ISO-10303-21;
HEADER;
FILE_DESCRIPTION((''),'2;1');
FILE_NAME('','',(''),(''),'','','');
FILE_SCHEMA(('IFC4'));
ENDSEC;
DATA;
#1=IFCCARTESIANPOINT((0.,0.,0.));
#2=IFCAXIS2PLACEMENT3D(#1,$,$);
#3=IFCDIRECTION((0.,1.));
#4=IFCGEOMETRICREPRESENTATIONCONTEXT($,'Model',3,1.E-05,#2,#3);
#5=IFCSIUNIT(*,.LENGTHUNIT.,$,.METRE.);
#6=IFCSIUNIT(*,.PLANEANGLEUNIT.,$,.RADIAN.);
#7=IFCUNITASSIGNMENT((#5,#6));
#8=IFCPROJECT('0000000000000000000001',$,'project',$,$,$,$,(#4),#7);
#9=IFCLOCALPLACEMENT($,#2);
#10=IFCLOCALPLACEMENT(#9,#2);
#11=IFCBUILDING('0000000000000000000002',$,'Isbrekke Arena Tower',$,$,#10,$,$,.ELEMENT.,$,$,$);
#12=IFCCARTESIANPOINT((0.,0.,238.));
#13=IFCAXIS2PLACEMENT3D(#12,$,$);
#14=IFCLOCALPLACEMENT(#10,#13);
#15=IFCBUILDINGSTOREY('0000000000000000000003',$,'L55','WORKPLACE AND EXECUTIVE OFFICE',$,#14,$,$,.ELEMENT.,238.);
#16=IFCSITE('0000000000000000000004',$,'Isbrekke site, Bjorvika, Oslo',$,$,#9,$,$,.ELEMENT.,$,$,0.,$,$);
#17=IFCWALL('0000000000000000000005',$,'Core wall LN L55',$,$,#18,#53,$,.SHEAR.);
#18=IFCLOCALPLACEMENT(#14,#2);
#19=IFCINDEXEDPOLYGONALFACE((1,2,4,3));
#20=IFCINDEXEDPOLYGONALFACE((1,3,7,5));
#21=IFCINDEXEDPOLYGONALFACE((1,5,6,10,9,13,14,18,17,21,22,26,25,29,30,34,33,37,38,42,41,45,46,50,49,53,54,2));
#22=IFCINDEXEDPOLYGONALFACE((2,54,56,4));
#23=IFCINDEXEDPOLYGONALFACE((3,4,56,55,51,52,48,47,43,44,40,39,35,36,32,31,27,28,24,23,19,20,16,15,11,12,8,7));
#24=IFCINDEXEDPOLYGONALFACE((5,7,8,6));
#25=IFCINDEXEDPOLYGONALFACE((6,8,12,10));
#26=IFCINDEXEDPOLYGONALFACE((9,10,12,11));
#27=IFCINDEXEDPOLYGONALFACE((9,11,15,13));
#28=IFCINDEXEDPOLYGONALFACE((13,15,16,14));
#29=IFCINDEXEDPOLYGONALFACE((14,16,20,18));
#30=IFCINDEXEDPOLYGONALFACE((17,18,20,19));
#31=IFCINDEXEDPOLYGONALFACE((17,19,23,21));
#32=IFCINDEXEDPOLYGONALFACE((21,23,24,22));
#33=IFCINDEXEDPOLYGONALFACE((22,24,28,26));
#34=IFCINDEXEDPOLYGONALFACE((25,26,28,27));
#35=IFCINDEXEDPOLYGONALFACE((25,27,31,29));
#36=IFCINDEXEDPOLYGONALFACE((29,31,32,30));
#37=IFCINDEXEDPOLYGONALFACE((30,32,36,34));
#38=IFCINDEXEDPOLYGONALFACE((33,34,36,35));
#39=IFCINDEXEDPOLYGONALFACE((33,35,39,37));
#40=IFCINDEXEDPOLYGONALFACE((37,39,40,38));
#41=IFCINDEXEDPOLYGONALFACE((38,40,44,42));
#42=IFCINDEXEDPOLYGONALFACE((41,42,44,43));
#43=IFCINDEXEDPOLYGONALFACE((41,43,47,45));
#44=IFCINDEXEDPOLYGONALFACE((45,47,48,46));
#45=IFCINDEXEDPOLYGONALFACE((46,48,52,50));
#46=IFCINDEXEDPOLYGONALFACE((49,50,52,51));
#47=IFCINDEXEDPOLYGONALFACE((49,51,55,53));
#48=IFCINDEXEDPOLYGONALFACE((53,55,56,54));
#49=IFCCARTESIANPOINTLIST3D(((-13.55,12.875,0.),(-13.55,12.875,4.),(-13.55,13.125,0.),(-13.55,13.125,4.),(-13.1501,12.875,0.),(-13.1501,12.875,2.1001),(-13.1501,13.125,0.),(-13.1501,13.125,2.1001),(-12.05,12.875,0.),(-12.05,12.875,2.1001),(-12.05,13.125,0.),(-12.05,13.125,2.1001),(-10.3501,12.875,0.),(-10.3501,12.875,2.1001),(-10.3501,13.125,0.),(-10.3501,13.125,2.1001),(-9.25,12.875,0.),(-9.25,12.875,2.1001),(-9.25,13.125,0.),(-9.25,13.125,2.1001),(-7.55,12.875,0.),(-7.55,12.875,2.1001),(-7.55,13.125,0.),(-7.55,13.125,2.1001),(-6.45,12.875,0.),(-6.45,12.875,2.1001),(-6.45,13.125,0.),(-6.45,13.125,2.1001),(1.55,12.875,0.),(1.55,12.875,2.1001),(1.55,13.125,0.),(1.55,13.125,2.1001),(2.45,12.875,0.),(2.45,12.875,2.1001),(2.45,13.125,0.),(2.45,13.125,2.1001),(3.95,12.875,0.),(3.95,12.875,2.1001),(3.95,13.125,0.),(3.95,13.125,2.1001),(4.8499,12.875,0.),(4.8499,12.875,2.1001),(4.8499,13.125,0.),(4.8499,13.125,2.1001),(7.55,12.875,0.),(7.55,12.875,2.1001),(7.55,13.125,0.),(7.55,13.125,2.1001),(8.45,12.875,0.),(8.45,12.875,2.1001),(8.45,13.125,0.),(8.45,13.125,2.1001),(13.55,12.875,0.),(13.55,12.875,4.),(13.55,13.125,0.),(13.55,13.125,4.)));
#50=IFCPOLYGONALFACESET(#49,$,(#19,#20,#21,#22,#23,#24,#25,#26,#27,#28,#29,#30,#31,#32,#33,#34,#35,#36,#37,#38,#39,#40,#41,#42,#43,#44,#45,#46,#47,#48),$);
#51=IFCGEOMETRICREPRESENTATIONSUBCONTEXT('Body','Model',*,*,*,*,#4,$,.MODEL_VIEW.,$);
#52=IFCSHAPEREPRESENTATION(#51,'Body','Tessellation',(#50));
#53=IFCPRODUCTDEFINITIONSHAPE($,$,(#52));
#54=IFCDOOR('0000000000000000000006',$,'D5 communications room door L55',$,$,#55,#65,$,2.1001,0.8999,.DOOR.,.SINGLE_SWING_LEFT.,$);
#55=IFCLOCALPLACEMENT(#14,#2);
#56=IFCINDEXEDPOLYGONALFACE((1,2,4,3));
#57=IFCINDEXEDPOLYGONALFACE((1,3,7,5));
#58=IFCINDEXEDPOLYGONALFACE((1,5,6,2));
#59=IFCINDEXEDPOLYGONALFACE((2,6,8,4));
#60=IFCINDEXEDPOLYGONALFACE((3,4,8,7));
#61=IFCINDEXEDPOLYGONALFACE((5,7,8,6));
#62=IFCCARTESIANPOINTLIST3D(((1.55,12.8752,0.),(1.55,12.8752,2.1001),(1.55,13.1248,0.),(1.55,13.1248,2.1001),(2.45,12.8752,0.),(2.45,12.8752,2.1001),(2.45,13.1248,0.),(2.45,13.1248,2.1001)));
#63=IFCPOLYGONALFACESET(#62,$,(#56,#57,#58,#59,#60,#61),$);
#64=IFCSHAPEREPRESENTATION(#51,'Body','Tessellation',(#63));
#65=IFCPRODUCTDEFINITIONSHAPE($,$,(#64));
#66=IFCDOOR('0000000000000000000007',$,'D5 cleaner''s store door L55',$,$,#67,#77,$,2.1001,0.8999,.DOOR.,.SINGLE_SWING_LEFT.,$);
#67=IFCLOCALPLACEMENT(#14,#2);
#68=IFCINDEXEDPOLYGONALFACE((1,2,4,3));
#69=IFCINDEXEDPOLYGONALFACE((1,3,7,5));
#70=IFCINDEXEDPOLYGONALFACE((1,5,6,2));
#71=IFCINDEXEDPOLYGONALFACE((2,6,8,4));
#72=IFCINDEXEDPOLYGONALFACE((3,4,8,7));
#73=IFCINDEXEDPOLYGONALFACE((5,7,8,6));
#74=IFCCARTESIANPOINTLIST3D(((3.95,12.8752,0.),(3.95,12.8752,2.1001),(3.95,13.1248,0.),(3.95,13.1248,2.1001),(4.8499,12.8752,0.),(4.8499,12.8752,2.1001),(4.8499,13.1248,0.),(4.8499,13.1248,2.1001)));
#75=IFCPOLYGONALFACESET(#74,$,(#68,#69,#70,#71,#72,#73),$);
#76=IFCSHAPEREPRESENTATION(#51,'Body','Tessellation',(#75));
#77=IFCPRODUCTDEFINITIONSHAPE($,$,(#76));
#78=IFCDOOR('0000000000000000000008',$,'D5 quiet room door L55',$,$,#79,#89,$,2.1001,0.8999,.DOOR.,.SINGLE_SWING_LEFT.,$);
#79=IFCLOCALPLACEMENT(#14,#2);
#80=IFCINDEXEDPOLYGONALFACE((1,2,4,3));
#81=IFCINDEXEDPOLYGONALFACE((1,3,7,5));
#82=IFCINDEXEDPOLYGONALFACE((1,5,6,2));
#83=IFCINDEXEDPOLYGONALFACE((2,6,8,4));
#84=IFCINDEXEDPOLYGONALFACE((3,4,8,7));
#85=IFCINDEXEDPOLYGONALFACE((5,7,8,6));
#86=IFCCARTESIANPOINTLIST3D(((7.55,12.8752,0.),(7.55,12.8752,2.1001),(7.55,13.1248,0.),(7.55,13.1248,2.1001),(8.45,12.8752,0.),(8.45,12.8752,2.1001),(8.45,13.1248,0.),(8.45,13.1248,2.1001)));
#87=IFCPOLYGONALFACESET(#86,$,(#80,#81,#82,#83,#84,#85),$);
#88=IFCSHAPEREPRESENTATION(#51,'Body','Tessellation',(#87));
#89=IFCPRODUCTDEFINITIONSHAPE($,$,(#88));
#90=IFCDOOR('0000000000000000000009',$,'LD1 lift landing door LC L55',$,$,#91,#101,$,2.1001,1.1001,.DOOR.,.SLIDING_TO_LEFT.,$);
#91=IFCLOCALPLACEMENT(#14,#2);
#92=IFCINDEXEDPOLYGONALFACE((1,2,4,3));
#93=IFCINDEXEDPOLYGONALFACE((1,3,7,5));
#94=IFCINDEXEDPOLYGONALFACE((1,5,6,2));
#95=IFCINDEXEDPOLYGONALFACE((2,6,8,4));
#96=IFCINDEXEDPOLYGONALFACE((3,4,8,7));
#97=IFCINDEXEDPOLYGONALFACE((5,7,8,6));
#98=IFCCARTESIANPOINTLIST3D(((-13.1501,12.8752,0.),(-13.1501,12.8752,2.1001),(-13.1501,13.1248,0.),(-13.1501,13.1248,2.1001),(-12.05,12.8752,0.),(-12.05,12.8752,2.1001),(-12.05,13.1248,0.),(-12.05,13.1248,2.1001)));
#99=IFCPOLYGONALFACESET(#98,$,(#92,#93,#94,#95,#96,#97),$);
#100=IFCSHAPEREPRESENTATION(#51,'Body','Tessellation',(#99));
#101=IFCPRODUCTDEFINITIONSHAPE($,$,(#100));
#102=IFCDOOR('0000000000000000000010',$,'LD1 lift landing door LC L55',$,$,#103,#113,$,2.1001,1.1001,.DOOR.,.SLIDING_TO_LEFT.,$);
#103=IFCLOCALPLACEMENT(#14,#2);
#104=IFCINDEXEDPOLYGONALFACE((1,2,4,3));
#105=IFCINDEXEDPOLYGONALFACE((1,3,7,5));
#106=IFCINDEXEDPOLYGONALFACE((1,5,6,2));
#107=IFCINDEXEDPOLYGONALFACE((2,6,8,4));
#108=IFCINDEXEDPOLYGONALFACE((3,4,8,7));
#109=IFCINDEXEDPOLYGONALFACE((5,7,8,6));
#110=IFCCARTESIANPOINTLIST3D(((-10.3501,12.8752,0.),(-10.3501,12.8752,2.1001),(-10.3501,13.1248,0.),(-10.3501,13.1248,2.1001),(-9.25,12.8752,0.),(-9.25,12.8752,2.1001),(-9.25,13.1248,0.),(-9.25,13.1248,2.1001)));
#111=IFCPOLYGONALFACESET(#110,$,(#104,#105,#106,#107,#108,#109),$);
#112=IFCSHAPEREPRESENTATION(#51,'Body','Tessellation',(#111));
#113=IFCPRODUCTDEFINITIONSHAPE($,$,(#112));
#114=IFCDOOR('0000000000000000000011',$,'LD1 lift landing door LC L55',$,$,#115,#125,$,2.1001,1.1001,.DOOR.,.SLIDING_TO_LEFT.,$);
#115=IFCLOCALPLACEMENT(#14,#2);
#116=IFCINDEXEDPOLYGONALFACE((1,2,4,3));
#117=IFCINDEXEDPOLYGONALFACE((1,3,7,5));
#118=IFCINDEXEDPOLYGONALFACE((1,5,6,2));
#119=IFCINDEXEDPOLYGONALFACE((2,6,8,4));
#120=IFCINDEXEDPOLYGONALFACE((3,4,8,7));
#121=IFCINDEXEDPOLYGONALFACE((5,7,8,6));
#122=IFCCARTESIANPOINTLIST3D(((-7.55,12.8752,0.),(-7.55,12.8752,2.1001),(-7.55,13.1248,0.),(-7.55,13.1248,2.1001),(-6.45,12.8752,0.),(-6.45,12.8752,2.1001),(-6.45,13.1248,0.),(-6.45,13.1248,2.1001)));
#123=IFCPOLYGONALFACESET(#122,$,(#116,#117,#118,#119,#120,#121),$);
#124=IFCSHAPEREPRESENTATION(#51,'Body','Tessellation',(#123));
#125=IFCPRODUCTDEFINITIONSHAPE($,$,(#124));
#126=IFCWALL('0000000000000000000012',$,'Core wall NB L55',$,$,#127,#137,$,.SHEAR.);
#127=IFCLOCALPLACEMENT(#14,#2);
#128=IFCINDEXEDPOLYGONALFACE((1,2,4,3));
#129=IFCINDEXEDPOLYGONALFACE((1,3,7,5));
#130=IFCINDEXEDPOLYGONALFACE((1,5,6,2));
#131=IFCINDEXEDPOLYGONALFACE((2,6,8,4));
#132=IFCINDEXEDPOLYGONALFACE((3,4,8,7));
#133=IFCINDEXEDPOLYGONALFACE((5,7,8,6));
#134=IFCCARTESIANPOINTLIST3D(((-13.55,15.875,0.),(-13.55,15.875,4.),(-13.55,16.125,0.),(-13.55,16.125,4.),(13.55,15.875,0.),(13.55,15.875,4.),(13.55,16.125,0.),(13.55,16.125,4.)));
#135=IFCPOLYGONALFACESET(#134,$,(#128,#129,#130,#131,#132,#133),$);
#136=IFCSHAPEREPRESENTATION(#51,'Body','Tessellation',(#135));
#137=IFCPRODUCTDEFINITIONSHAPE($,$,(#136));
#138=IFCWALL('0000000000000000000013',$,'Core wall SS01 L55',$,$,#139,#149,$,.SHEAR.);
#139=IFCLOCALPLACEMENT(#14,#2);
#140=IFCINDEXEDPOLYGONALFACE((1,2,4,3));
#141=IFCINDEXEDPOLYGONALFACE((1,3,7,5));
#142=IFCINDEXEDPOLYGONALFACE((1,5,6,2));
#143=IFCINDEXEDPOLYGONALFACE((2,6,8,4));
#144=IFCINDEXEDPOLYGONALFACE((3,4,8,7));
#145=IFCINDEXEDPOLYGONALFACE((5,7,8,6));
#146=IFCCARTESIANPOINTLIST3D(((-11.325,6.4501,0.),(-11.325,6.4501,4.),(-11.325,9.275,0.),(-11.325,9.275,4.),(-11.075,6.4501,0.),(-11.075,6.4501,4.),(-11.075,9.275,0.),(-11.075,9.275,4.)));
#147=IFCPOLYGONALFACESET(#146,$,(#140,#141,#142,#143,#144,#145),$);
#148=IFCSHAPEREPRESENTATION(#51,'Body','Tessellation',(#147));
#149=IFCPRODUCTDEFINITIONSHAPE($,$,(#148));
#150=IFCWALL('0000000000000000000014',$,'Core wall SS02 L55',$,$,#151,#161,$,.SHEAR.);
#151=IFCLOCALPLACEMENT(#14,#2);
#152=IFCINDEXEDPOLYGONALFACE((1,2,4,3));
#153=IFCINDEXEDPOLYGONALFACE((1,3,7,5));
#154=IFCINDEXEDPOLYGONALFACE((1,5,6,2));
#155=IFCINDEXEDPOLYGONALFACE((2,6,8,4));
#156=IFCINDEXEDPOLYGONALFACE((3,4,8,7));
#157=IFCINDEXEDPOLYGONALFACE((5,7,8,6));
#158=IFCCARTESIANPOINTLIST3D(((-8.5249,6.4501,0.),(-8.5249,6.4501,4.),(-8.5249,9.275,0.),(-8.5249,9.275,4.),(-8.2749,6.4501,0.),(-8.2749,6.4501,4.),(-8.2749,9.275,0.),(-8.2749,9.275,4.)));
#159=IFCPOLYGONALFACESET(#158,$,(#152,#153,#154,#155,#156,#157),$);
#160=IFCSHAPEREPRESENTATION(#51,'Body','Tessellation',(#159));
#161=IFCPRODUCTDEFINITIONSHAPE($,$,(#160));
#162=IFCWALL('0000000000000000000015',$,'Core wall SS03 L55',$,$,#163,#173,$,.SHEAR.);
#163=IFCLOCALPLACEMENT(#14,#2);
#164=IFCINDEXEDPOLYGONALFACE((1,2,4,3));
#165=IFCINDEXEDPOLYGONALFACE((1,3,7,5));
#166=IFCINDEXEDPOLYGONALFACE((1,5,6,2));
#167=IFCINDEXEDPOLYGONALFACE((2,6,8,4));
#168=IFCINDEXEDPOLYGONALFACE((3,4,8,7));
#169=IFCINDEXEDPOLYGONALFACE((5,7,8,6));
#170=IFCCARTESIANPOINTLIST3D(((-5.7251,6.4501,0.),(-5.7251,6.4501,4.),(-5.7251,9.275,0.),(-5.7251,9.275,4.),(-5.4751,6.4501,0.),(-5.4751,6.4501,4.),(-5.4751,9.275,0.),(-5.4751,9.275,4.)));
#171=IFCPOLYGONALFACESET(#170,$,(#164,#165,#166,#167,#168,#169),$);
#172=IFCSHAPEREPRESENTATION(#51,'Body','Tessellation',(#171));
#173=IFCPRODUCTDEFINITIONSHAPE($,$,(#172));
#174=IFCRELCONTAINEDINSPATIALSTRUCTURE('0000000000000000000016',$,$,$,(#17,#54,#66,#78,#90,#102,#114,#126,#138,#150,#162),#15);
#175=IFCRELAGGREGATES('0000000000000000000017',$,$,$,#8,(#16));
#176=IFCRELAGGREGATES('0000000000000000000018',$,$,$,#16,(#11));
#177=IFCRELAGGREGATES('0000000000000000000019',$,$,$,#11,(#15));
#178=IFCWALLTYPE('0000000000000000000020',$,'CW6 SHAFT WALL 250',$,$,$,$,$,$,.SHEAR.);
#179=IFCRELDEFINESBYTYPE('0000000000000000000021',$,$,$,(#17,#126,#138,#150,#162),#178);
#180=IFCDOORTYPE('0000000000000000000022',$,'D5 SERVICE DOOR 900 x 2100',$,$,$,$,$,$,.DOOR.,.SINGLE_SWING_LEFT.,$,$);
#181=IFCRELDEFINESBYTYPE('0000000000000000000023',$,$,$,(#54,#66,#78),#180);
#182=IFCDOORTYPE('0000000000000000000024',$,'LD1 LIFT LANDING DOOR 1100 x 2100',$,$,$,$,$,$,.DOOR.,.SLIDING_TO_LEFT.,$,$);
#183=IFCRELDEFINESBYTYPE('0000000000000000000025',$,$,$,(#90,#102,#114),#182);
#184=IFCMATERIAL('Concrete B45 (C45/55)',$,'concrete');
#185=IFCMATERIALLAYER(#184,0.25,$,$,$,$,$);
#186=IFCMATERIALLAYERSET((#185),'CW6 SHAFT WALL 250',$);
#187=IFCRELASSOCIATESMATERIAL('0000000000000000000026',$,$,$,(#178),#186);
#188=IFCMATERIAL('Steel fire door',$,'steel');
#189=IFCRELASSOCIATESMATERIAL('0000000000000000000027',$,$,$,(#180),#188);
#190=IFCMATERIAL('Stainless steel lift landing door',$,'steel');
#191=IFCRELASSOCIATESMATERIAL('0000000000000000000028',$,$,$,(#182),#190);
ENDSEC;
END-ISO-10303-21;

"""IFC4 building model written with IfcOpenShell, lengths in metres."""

from ifc_helpers import new_model, si_unit, direction, frame, frame_2d, origin, place, context, subcontext, project, spatial, rectangle, extrude, material, layer, layer_set, type_object, element, fill, save


model = new_model("IFC4")

# Units and contexts
model_context = context("Model", 3, precision=1e-05, world=origin(), true_north=direction((0.0, 1.0)))
body_context = subcontext(model_context, "Body", "Model", "MODEL_VIEW")
ifc_project = project(units=[si_unit("LENGTHUNIT", "METRE"), si_unit("PLANEANGLEUNIT", "RADIAN")], contexts=[model_context])

# Site, building, storey
site_placement = place(None, origin())
site = spatial("IfcSite", under=ifc_project, at=site_placement, Name="Isbrekke site, Bjorvika, Oslo", CompositionType="ELEMENT", RefElevation=0.0)
building_placement = place(site_placement, origin())
building = spatial("IfcBuilding", under=site, at=building_placement, Name="Isbrekke Arena Tower", CompositionType="ELEMENT")
storey_placement = place(building_placement, frame((0.0, 0.0, 238.0)))
storey = spatial("IfcBuildingStorey", under=building, at=storey_placement, Name="L55", Description="WORKPLACE AND EXECUTIVE OFFICE", CompositionType="ELEMENT", Elevation=238.0)

# Wall, openings, doors
ifc_material_1 = material(Name="Concrete B45 (C45/55)", Category="concrete")
ifc_layer_1 = layer(ifc_material_1, 0.25)
ifc_layer_set_1 = layer_set([ifc_layer_1], Name="CW6 SHAFT WALL 250")
wall_type_1 = type_object("IfcWallType", Name="CW6 SHAFT WALL 250", PredefinedType="SHEAR", material=ifc_layer_set_1)
ifc_material_2 = material(Name="Steel fire door", Category="steel")
door_type_1 = type_object("IfcDoorType", Name="D5 SERVICE DOOR 900 x 2100", OperationType="SINGLE_SWING_LEFT", PredefinedType="DOOR", material=ifc_material_2)
ifc_material_3 = material(Name="Stainless steel lift landing door", Category="steel")
door_type_2 = type_object("IfcDoorType", Name="LD1 LIFT LANDING DOOR 1100 x 2100", OperationType="SLIDING_TO_LEFT", PredefinedType="DOOR", material=ifc_material_3)
wall_1_placement = place(storey_placement, frame((-13.55, 13.0, 0.0), z_axis=(0.0, 0.0, 1.0), x_axis=(1.0, 0.0, 0.0)))
wall_1 = element("IfcWall", 1, at=wall_1_placement, inside=storey, type_object=wall_type_1, Name="Core wall LN L55", PredefinedType="SHEAR", context=body_context, shape_type="SweptSolid", body=[
    extrude(rectangle(XDim=27.1001, YDim=0.25, at=frame_2d((13.55, 0.0))), origin(), (0.0, 0.0, 1.0), 4.0),
])
opening_1_placement = place(wall_1_placement, frame((0.3999, 0.0, 0.0)))
opening_1 = element("IfcOpeningElement", 2, at=opening_1_placement, cuts=wall_1, PredefinedType="OPENING", context=body_context, shape_type="SweptSolid", body=[
    extrude(rectangle(XDim=1.1001, YDim=2.1001, at=frame_2d((0.55, 1.05))), frame((0.0, 0.1399, 0.0), z_axis=(0.0, -1.0, 0.0), x_axis=(1.0, 0.0, 0.0)), (0.0, 0.0, 1.0), 0.2798),
])
opening_2_placement = place(wall_1_placement, frame((3.2, 0.0, 0.0)))
opening_2 = element("IfcOpeningElement", 3, at=opening_2_placement, cuts=wall_1, PredefinedType="OPENING", context=body_context, shape_type="SweptSolid", body=[
    extrude(rectangle(XDim=1.1001, YDim=2.1001, at=frame_2d((0.55, 1.05))), frame((0.0, 0.1399, 0.0), z_axis=(0.0, -1.0, 0.0), x_axis=(1.0, 0.0, 0.0)), (0.0, 0.0, 1.0), 0.2798),
])
opening_3_placement = place(wall_1_placement, frame((6.0, 0.0, 0.0)))
opening_3 = element("IfcOpeningElement", 4, at=opening_3_placement, cuts=wall_1, PredefinedType="OPENING", context=body_context, shape_type="SweptSolid", body=[
    extrude(rectangle(XDim=1.1001, YDim=2.1001, at=frame_2d((0.55, 1.05))), frame((0.0, 0.1399, 0.0), z_axis=(0.0, -1.0, 0.0), x_axis=(1.0, 0.0, 0.0)), (0.0, 0.0, 1.0), 0.2798),
])
opening_4_placement = place(wall_1_placement, frame((15.1001, 0.0, 0.0)))
opening_4 = element("IfcOpeningElement", 5, at=opening_4_placement, cuts=wall_1, PredefinedType="OPENING", context=body_context, shape_type="SweptSolid", body=[
    extrude(rectangle(XDim=0.8999, YDim=2.1001, at=frame_2d((0.45, 1.05))), frame((0.0, 0.1399, 0.0), z_axis=(0.0, -1.0, 0.0), x_axis=(1.0, 0.0, 0.0)), (0.0, 0.0, 1.0), 0.2798),
])
opening_5_placement = place(wall_1_placement, frame((17.5, 0.0, 0.0)))
opening_5 = element("IfcOpeningElement", 6, at=opening_5_placement, cuts=wall_1, PredefinedType="OPENING", context=body_context, shape_type="SweptSolid", body=[
    extrude(rectangle(XDim=0.8999, YDim=2.1001, at=frame_2d((0.45, 1.05))), frame((0.0, 0.1399, 0.0), z_axis=(0.0, -1.0, 0.0), x_axis=(1.0, 0.0, 0.0)), (0.0, 0.0, 1.0), 0.2798),
])
opening_6_placement = place(wall_1_placement, frame((21.1001, 0.0, 0.0)))
opening_6 = element("IfcOpeningElement", 7, at=opening_6_placement, cuts=wall_1, PredefinedType="OPENING", context=body_context, shape_type="SweptSolid", body=[
    extrude(rectangle(XDim=0.8999, YDim=2.1001, at=frame_2d((0.45, 1.05))), frame((0.0, 0.1399, 0.0), z_axis=(0.0, -1.0, 0.0), x_axis=(1.0, 0.0, 0.0)), (0.0, 0.0, 1.0), 0.2798),
])
door_1_placement = place(opening_4_placement, origin())
door_1 = element("IfcDoor", 8, at=door_1_placement, inside=storey, type_object=door_type_1, Name="D5 communications room door L55", OperationType="SINGLE_SWING_LEFT", OverallHeight=2.1001, OverallWidth=0.8999, PredefinedType="DOOR", context=body_context, shape_type="SweptSolid", body=[
    extrude(rectangle(XDim=0.8999, YDim=2.1001, at=frame_2d((0.45, 1.05))), frame((0.0, 0.1248, 0.0), z_axis=(0.0, -1.0, 0.0), x_axis=(1.0, 0.0, 0.0)), (0.0, 0.0, 1.0), 0.2495),
])
fill(opening_4, door_1)
door_2_placement = place(opening_5_placement, origin())
door_2 = element("IfcDoor", 9, at=door_2_placement, inside=storey, type_object=door_type_1, Name="D5 cleaner's store door L55", OperationType="SINGLE_SWING_LEFT", OverallHeight=2.1001, OverallWidth=0.8999, PredefinedType="DOOR", context=body_context, shape_type="SweptSolid", body=[
    extrude(rectangle(XDim=0.8999, YDim=2.1001, at=frame_2d((0.45, 1.05))), frame((0.0, 0.1248, 0.0), z_axis=(0.0, -1.0, 0.0), x_axis=(1.0, 0.0, 0.0)), (0.0, 0.0, 1.0), 0.2495),
])
fill(opening_5, door_2)
door_3_placement = place(opening_6_placement, origin())
door_3 = element("IfcDoor", 10, at=door_3_placement, inside=storey, type_object=door_type_1, Name="D5 quiet room door L55", OperationType="SINGLE_SWING_LEFT", OverallHeight=2.1001, OverallWidth=0.8999, PredefinedType="DOOR", context=body_context, shape_type="SweptSolid", body=[
    extrude(rectangle(XDim=0.8999, YDim=2.1001, at=frame_2d((0.45, 1.05))), frame((0.0, 0.1248, 0.0), z_axis=(0.0, -1.0, 0.0), x_axis=(1.0, 0.0, 0.0)), (0.0, 0.0, 1.0), 0.2495),
])
fill(opening_6, door_3)
door_4_placement = place(opening_1_placement, origin())
door_4 = element("IfcDoor", 11, at=door_4_placement, inside=storey, type_object=door_type_2, Name="LD1 lift landing door LC L55", OperationType="SLIDING_TO_LEFT", OverallHeight=2.1001, OverallWidth=1.1001, PredefinedType="DOOR", context=body_context, shape_type="SweptSolid", body=[
    extrude(rectangle(XDim=1.1001, YDim=2.1001, at=frame_2d((0.55, 1.05))), frame((0.0, 0.1248, 0.0), z_axis=(0.0, -1.0, 0.0), x_axis=(1.0, 0.0, 0.0)), (0.0, 0.0, 1.0), 0.2495),
])
fill(opening_1, door_4)
door_5_placement = place(opening_2_placement, origin())
door_5 = element("IfcDoor", 12, at=door_5_placement, inside=storey, type_object=door_type_2, Name="LD1 lift landing door LC L55", OperationType="SLIDING_TO_LEFT", OverallHeight=2.1001, OverallWidth=1.1001, PredefinedType="DOOR", context=body_context, shape_type="SweptSolid", body=[
    extrude(rectangle(XDim=1.1001, YDim=2.1001, at=frame_2d((0.55, 1.05))), frame((0.0, 0.1248, 0.0), z_axis=(0.0, -1.0, 0.0), x_axis=(1.0, 0.0, 0.0)), (0.0, 0.0, 1.0), 0.2495),
])
fill(opening_2, door_5)
door_6_placement = place(opening_3_placement, origin())
door_6 = element("IfcDoor", 13, at=door_6_placement, inside=storey, type_object=door_type_2, Name="LD1 lift landing door LC L55", OperationType="SLIDING_TO_LEFT", OverallHeight=2.1001, OverallWidth=1.1001, PredefinedType="DOOR", context=body_context, shape_type="SweptSolid", body=[
    extrude(rectangle(XDim=1.1001, YDim=2.1001, at=frame_2d((0.55, 1.05))), frame((0.0, 0.1248, 0.0), z_axis=(0.0, -1.0, 0.0), x_axis=(1.0, 0.0, 0.0)), (0.0, 0.0, 1.0), 0.2495),
])
fill(opening_3, door_6)

# Walls
wall_2_placement = place(storey_placement, frame((-13.55, 16.0, 0.0), z_axis=(0.0, 0.0, 1.0), x_axis=(1.0, 0.0, 0.0)))
element("IfcWall", 14, at=wall_2_placement, inside=storey, type_object=wall_type_1, Name="Core wall NB L55", PredefinedType="SHEAR", context=body_context, shape_type="SweptSolid", body=[
    extrude(rectangle(XDim=27.1001, YDim=0.25, at=frame_2d((13.55, 0.0))), origin(), (0.0, 0.0, 1.0), 4.0),
])
for number, where, z_axis, x_axis, name in (
    (15, (-11.2, 6.45, 0.0), (0.0, 0.0, 1.0), (0.0, 1.0, 0.0), "Core wall SS01 L55"),
    (16, (-8.3999, 6.45, 0.0), (0.0, 0.0, 1.0), (0.0, 1.0, 0.0), "Core wall SS02 L55"),
    (17, (-5.6001, 6.45, 0.0), (0.0, 0.0, 1.0), (0.0, 1.0, 0.0), "Core wall SS03 L55"),
):
    element("IfcWall", number, at=place(storey_placement, frame(where, z_axis=z_axis, x_axis=x_axis)), inside=storey, type_object=wall_type_1, Name=name, PredefinedType="SHEAR", context=body_context, shape_type="SweptSolid", body=[
        extrude(rectangle(XDim=2.825, YDim=0.25, at=frame_2d((1.4126, 0.0))), origin(), (0.0, 0.0, 1.0), 4.0),
    ])

save(model, "model.ifc")
